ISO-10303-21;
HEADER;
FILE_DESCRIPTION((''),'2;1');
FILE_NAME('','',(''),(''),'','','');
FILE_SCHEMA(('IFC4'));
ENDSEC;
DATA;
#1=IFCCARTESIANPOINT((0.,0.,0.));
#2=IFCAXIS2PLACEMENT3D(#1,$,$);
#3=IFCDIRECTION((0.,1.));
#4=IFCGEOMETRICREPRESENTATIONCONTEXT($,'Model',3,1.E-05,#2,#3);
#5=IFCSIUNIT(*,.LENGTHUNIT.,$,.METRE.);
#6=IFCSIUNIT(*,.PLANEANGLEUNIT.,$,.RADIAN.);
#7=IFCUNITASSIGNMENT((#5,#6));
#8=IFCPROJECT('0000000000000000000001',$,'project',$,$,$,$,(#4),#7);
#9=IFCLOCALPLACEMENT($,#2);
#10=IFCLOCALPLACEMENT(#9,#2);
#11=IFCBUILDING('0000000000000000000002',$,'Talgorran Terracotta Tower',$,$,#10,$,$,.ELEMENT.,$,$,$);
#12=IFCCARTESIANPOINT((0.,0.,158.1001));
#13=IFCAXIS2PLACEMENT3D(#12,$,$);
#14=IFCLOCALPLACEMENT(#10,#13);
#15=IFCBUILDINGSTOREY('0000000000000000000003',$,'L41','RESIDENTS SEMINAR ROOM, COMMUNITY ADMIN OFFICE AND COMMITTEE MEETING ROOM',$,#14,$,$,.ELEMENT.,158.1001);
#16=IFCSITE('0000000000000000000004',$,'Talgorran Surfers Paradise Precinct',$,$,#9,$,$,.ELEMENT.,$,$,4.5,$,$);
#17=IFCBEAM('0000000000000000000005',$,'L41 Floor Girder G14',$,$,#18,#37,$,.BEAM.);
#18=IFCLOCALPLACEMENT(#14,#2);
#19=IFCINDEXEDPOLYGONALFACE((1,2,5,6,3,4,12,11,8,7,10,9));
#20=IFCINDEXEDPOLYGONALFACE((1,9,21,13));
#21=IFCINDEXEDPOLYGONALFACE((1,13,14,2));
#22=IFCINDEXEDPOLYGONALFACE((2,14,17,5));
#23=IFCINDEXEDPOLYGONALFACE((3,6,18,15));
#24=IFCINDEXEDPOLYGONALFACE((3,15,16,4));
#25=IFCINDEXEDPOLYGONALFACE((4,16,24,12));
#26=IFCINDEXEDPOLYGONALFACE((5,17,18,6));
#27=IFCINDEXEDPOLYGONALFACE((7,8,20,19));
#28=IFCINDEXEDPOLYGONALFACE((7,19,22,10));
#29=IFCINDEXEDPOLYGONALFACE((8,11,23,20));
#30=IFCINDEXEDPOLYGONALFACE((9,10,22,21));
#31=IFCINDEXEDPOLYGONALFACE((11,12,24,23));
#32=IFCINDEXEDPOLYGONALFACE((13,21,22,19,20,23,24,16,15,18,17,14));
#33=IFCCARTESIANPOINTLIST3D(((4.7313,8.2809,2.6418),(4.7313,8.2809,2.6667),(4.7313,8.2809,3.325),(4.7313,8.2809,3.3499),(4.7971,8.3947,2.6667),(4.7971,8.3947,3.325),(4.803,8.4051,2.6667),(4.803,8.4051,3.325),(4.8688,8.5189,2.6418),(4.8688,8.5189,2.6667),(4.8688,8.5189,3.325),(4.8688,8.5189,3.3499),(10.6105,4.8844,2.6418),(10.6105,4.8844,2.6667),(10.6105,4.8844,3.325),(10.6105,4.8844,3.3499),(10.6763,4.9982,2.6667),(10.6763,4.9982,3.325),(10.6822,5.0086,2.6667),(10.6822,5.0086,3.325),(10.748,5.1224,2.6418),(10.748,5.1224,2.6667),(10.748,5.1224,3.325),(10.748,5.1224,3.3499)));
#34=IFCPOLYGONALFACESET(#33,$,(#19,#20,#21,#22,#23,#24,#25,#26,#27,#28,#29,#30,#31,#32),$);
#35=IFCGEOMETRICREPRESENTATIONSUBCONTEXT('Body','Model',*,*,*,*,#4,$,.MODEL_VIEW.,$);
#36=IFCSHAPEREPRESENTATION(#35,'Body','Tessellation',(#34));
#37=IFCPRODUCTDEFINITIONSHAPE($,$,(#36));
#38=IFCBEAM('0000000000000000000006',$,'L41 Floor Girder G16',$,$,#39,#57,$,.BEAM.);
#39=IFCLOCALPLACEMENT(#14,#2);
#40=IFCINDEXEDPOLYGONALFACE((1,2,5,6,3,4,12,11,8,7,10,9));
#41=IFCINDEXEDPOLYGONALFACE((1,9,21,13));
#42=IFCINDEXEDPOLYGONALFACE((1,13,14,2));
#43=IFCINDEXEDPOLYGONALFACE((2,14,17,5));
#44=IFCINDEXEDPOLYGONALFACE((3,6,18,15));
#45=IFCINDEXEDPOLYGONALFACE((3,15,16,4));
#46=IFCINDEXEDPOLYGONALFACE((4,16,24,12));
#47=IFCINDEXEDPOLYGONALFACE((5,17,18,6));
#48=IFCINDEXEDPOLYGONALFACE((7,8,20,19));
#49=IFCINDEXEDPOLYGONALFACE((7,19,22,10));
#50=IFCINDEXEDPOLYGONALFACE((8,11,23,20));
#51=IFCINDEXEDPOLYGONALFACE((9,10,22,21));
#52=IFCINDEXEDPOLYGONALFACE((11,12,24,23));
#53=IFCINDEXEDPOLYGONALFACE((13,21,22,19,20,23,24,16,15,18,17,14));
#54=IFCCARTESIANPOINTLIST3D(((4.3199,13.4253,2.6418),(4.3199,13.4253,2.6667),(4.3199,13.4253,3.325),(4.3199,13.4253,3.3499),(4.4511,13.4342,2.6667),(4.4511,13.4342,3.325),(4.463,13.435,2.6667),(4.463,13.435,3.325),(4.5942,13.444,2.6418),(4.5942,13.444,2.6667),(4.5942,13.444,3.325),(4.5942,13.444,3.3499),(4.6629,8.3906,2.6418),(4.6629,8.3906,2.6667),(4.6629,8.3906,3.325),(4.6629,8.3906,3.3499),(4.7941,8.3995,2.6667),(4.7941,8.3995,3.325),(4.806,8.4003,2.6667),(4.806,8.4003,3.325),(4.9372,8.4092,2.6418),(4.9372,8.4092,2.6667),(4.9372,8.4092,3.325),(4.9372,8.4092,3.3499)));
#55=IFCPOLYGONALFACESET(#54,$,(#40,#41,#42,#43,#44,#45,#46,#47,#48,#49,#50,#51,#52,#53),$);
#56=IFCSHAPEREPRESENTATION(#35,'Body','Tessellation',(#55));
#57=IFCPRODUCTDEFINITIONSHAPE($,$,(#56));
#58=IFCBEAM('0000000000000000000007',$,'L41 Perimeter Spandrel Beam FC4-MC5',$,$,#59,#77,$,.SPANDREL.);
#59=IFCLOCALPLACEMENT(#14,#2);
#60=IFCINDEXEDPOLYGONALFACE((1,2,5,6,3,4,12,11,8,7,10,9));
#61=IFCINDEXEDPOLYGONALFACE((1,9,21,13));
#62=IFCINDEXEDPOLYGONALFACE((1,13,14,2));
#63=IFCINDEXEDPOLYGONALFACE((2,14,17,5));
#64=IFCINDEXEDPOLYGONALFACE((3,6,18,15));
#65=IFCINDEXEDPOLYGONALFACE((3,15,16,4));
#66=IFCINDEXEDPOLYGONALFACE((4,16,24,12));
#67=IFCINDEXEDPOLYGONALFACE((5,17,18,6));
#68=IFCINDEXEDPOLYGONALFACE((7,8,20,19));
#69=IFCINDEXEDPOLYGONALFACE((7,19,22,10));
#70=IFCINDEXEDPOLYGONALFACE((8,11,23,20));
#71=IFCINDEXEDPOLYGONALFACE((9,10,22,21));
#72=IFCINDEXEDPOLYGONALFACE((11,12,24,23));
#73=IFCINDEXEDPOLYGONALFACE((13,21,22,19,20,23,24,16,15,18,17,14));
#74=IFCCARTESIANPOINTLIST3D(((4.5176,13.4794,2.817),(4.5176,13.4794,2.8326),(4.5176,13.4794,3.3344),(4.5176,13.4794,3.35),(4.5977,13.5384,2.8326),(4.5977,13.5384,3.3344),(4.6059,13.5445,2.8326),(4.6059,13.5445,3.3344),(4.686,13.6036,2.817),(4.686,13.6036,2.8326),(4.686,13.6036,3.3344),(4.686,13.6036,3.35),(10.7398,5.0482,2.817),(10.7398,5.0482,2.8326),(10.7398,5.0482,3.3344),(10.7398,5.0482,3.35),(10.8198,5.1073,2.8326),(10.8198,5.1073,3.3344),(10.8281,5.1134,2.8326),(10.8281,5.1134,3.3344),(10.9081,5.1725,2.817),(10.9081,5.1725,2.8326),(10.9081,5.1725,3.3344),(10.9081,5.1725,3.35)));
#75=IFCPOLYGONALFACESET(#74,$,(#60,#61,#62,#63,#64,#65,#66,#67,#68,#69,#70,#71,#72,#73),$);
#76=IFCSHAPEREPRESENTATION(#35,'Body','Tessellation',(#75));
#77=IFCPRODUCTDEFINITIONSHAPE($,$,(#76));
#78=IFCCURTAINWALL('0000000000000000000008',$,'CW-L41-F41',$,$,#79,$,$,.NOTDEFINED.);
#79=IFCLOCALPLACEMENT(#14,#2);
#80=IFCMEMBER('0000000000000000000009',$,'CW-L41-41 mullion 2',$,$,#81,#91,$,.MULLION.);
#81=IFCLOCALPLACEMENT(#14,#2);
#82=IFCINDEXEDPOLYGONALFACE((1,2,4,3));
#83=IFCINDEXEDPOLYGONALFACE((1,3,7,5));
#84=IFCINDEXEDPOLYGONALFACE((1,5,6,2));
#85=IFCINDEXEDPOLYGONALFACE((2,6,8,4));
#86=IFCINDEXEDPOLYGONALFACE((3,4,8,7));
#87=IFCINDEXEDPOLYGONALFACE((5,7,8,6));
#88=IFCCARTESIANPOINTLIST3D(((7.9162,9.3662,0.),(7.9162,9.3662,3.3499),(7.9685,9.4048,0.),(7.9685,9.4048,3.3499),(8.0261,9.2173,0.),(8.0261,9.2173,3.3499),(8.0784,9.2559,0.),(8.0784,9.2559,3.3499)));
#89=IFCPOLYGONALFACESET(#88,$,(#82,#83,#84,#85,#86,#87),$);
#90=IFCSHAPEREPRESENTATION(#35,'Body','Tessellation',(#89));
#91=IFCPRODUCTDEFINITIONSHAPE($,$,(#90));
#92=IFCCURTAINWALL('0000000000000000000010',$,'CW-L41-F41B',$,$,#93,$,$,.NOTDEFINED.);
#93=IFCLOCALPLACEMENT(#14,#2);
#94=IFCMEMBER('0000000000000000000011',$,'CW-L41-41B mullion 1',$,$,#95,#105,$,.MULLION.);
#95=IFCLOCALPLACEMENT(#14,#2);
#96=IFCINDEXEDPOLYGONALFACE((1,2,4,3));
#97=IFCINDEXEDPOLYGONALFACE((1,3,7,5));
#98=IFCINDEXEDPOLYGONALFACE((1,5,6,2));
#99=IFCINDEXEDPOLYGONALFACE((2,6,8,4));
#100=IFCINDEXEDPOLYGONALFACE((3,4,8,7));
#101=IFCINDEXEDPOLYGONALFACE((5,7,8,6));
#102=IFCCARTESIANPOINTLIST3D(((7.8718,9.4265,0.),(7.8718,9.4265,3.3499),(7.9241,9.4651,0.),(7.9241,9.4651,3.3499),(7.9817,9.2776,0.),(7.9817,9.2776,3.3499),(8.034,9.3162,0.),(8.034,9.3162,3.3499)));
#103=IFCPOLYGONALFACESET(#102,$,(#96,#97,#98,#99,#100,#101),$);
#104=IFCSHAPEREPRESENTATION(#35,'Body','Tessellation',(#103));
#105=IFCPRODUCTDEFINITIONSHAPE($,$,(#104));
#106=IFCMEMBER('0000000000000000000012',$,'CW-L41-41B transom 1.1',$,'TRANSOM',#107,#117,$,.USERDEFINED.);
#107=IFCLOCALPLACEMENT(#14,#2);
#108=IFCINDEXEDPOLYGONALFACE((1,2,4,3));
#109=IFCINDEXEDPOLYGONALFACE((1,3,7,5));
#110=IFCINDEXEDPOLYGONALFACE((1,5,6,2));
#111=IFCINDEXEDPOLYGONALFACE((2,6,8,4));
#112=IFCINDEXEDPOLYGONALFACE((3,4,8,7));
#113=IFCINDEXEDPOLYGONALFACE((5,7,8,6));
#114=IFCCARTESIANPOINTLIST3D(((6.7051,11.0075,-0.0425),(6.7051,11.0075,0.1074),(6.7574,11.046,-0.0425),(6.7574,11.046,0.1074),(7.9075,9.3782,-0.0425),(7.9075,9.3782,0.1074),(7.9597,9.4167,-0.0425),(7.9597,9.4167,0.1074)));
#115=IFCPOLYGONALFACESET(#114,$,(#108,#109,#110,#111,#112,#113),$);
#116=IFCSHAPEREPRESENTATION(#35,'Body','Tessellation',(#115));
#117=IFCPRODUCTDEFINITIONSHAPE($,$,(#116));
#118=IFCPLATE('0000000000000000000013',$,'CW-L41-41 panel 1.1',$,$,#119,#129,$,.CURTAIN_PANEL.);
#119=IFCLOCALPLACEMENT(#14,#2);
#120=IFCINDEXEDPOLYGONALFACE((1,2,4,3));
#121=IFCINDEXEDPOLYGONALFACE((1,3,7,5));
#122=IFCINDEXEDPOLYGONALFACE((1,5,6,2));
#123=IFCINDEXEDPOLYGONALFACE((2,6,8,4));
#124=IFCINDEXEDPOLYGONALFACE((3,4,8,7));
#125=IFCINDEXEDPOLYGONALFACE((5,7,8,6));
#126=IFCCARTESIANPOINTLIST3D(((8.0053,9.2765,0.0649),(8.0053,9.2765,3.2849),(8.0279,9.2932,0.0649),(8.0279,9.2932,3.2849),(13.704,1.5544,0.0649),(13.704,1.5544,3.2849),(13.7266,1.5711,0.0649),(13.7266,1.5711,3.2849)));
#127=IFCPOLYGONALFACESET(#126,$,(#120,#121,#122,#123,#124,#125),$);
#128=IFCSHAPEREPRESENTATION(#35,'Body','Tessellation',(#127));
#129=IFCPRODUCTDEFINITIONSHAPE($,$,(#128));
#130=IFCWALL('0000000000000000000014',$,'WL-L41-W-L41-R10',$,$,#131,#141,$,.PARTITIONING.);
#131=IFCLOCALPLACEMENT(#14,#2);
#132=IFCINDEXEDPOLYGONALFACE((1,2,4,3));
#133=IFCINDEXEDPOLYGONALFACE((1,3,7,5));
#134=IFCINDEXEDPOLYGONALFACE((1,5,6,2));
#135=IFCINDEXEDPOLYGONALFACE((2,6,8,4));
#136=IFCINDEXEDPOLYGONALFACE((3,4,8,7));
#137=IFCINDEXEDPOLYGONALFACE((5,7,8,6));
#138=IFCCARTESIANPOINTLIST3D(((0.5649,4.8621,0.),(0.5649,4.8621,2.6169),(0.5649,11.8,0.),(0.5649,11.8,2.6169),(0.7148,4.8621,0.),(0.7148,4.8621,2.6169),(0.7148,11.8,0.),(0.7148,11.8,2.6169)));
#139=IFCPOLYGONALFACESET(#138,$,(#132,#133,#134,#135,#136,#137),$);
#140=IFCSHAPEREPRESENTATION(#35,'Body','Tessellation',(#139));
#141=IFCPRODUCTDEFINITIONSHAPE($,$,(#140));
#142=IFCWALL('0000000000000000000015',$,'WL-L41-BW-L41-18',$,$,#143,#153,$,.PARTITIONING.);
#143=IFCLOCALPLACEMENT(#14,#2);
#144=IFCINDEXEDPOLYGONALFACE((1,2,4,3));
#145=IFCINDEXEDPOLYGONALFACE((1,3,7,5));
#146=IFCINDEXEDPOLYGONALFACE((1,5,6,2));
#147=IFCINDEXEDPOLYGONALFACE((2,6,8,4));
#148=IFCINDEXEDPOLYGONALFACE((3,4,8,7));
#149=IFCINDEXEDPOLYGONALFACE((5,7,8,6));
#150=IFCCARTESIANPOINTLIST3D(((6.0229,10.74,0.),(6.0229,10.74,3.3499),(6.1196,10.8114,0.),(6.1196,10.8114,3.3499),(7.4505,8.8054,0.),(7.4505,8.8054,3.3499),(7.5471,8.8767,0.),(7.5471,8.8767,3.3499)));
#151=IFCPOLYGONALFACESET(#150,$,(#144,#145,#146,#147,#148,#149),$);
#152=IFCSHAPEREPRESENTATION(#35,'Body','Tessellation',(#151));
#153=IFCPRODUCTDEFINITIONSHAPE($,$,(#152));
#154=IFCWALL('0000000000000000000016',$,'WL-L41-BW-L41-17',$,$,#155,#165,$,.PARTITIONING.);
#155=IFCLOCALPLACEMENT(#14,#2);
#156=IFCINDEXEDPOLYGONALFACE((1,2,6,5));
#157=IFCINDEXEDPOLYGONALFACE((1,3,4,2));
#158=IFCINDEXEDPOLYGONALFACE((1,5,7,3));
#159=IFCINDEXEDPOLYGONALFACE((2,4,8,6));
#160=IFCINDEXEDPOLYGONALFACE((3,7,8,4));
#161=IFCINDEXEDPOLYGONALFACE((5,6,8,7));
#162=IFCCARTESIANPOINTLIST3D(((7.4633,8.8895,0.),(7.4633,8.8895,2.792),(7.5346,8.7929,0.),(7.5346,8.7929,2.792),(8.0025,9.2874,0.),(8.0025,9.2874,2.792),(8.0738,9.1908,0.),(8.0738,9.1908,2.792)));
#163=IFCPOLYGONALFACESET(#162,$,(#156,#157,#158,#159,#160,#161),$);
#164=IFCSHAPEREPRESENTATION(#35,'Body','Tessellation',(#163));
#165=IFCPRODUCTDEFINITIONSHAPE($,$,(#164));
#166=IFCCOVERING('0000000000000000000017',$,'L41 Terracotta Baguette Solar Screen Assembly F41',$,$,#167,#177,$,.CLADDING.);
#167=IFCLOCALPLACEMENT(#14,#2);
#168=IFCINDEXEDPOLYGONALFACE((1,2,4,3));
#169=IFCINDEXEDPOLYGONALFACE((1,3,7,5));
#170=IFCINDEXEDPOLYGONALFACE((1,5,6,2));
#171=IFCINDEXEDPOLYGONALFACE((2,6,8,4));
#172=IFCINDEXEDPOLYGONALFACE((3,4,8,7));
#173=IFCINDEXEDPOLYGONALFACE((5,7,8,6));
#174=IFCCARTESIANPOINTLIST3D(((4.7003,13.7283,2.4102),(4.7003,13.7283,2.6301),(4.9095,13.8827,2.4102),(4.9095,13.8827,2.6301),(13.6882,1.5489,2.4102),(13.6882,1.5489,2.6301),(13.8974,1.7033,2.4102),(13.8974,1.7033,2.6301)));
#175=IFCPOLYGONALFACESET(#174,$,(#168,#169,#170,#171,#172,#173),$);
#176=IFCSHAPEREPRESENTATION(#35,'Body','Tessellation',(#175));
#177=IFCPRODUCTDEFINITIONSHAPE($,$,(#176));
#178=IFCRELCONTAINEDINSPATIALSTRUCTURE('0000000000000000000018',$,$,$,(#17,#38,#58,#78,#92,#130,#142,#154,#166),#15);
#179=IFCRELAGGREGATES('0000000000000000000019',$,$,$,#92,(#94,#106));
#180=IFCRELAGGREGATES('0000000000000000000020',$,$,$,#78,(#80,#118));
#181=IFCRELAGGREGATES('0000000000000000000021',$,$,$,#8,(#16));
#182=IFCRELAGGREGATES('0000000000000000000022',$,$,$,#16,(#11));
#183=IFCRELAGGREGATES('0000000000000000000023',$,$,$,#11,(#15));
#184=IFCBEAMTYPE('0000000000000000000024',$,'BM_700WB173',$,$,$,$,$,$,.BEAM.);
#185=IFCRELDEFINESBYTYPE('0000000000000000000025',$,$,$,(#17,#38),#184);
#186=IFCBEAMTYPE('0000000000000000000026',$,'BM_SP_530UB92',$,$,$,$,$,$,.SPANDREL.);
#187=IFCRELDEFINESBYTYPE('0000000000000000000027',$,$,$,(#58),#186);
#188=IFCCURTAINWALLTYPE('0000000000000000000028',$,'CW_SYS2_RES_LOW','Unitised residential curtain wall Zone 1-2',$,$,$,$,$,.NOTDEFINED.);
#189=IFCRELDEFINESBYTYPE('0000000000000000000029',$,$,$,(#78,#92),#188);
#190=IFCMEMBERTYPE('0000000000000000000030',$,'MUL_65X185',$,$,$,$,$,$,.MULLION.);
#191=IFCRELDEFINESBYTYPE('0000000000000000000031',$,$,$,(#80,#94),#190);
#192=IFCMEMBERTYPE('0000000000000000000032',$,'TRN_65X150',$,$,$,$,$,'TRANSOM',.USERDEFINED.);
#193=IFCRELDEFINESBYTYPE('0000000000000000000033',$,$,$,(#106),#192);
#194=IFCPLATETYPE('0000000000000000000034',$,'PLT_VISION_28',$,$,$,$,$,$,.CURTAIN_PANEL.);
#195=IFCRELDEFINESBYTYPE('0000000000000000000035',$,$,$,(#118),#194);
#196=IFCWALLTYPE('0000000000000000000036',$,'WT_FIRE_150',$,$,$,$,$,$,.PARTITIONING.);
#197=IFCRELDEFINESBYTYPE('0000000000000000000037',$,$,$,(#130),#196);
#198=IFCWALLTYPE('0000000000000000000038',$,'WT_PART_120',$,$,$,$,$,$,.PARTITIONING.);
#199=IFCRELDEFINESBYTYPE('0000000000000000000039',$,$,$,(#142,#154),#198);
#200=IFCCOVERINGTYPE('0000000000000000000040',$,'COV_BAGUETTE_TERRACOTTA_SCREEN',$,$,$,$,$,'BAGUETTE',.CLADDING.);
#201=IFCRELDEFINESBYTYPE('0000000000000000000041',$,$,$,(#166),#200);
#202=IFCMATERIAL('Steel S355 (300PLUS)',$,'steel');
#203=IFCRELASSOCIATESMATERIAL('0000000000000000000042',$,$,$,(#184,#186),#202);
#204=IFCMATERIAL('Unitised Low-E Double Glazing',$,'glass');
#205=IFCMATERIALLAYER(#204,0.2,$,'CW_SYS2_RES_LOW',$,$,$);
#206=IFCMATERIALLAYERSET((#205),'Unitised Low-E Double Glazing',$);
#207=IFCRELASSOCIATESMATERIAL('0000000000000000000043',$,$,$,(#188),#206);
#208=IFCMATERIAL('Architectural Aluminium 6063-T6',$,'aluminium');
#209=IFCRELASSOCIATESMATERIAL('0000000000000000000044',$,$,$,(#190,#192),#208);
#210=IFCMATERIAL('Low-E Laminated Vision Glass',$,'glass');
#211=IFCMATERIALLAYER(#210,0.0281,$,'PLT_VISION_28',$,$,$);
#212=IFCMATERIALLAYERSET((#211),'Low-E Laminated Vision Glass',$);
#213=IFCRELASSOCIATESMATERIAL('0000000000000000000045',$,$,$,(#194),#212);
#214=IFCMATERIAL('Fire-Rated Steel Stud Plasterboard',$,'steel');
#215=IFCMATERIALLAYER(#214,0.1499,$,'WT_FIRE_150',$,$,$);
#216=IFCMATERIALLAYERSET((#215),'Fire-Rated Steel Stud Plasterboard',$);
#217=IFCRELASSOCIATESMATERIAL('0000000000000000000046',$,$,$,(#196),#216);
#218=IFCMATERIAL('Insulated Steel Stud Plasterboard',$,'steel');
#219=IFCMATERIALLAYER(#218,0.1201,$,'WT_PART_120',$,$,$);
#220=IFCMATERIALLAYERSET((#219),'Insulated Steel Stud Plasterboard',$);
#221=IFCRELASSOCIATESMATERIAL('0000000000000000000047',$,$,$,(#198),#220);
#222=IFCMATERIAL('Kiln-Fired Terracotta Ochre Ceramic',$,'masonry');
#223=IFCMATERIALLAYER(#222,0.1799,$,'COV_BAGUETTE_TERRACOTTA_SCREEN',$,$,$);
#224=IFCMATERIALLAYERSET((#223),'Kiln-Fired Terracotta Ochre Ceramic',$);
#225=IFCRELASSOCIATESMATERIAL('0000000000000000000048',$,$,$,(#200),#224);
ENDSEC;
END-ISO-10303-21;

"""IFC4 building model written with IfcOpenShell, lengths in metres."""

from ifc_helpers import new_model, si_unit, direction, frame, frame_2d, origin, origin_2d, place, context, subcontext, project, spatial, rectangle, i_section, extrude, source, transform, mapped, material, layer, layer_set, material_profile, profile_set, type_object, type_shapes, element, aggregate, save


model = new_model("IFC4")

# Units and contexts
model_context = context("Model", 3, precision=1e-05, world=origin(), true_north=direction((0.0, 1.0)))
body_context = subcontext(model_context, "Body", "Model", "MODEL_VIEW")
ifc_project = project(units=[si_unit("LENGTHUNIT", "METRE"), si_unit("PLANEANGLEUNIT", "RADIAN")], contexts=[model_context])

# Site, building, storey
site_placement = place(None, origin())
site = spatial("IfcSite", under=ifc_project, at=site_placement, Name="Talgorran Surfers Paradise Precinct", CompositionType="ELEMENT", RefElevation=4.5)
building_placement = place(site_placement, origin())
building = spatial("IfcBuilding", under=site, at=building_placement, Name="Talgorran Terracotta Tower", CompositionType="ELEMENT")
storey_placement = place(building_placement, frame((0.0, 0.0, 158.1001)))
storey = spatial("IfcBuildingStorey", under=building, at=storey_placement, Name="L41", Description="RESIDENTS SEMINAR ROOM, COMMUNITY ADMIN OFFICE AND COMMITTEE MEETING ROOM", CompositionType="ELEMENT", Elevation=158.1001)

# Shared definitions
ifc_material_1 = material(Name="Steel S355 (300PLUS)", Category="steel")

# Beams
ifc_material_profile_1 = material_profile(ifc_material_1, i_section(OverallWidth=0.2749, OverallDepth=0.708, WebThickness=0.012, FlangeThickness=0.0249, at=origin_2d()), Name="700WB173")
ifc_profile_set_1 = profile_set([ifc_material_profile_1], Name="Steel S355 (300PLUS)")
beam_type_1 = type_object("IfcBeamType", Name="BM_700WB173", PredefinedType="BEAM", material=ifc_profile_set_1)
beam_1_placement = place(storey_placement, frame((4.8, 8.3999, 2.9958), z_axis=(0.865888, -0.500238, 0.0), x_axis=(0.500238, 0.865888, 0.0)))
element("IfcBeam", 1, at=beam_1_placement, inside=storey, type_object=beam_type_1, Name="L41 Floor Girder G14", PredefinedType="BEAM", context=body_context, shape_type="SweptSolid", body=[
    extrude(i_section(OverallWidth=0.2749, OverallDepth=0.708, WebThickness=0.012, FlangeThickness=0.0249, at=origin_2d()), origin(), (0.0, 0.0, 1.0), 6.7898),
])
beam_2_placement = place(storey_placement, frame((4.8, 8.3999, 2.9958), z_axis=(-0.067974, 0.997687, 0.0), x_axis=(-0.997687, -0.067974, 0.0)))
element("IfcBeam", 2, at=beam_2_placement, inside=storey, type_object=beam_type_1, Name="L41 Floor Girder G16", PredefinedType="BEAM", context=body_context, shape_type="SweptSolid", body=[
    extrude(i_section(OverallWidth=0.2749, OverallDepth=0.708, WebThickness=0.012, FlangeThickness=0.0249, at=origin_2d()), origin(), (0.0, 0.0, 1.0), 5.0464),
])
ifc_material_profile_2 = material_profile(ifc_material_1, i_section(OverallWidth=0.2092, OverallDepth=0.533, WebThickness=0.0103, FlangeThickness=0.0156, at=origin_2d()), Name="530UB92.4")
ifc_profile_set_2 = profile_set([ifc_material_profile_2], Name="Steel S355 (300PLUS)")
beam_type_2 = type_object("IfcBeamType", Name="BM_SP_530UB92", PredefinedType="SPANDREL", material=ifc_profile_set_2)
beam_3_placement = place(storey_placement, frame((10.824, 5.1104, 3.0835), z_axis=(-0.593801, 0.804612, 0.0), x_axis=(-0.804612, -0.593801, 0.0)))
element("IfcBeam", 3, at=beam_3_placement, inside=storey, type_object=beam_type_2, Name="L41 Perimeter Spandrel Beam FC4-MC5", PredefinedType="SPANDREL", context=body_context, shape_type="SweptSolid", body=[
    extrude(i_section(OverallWidth=0.2092, OverallDepth=0.533, WebThickness=0.0103, FlangeThickness=0.0156, at=origin_2d()), origin(), (0.0, 0.0, 1.0), 10.4785),
])

# Curtain wall, member
ifc_material_2 = material(Name="Unitised Low-E Double Glazing", Category="glass")
ifc_layer_1 = layer(ifc_material_2, 0.2, Name="CW_SYS2_RES_LOW")
ifc_layer_set_1 = layer_set([ifc_layer_1], Name="Unitised Low-E Double Glazing")
curtain_wall_type = type_object("IfcCurtainWallType", Name="CW_SYS2_RES_LOW", Description="Unitised residential curtain wall Zone 1-2", PredefinedType="NOTDEFINED", material=ifc_layer_set_1)
curtain_wall_1_placement = place(storey_placement, origin())
curtain_wall_1 = element("IfcCurtainWall", 4, at=curtain_wall_1_placement, inside=storey, type_object=curtain_wall_type, Name="CW-L41-F41", PredefinedType="NOTDEFINED")
ifc_material_3 = material(Name="Architectural Aluminium 6063-T6", Category="aluminium")
ifc_material_profile_3 = material_profile(ifc_material_3, rectangle(XDim=0.0649, YDim=0.1851, at=origin_2d()), Name="CWM65X185")
ifc_profile_set_3 = profile_set([ifc_material_profile_3], Name="Architectural Aluminium 6063-T6")
member_type_1 = type_object("IfcMemberType", Name="MUL_65X185", PredefinedType="MULLION", material=ifc_profile_set_3)
member_1_placement = place(storey_placement, frame((7.9973, 9.311, 0.0), z_axis=(0.0, 0.0, 1.0), x_axis=(-0.804622, -0.593787, 0.0)))
member_1 = element("IfcMember", 5, at=member_1_placement, type_object=member_type_1, Name="CW-L41-41 mullion 2", PredefinedType="MULLION", context=body_context, shape_type="SweptSolid", body=[
    extrude(rectangle(XDim=0.0649, YDim=0.1851, at=origin_2d()), origin(), (0.0, 0.0, 1.0), 3.3499),
])

# Curtain wall, members
curtain_wall_2_placement = place(storey_placement, origin())
curtain_wall_2 = element("IfcCurtainWall", 6, at=curtain_wall_2_placement, inside=storey, type_object=curtain_wall_type, Name="CW-L41-F41B", PredefinedType="NOTDEFINED")
member_2_placement = place(storey_placement, frame((7.9529, 9.3713, 0.0), z_axis=(0.0, 0.0, 1.0), x_axis=(-0.804615, -0.593797, 0.0)))
member_2 = element("IfcMember", 7, at=member_2_placement, type_object=member_type_1, Name="CW-L41-41B mullion 1", PredefinedType="MULLION", context=body_context, shape_type="SweptSolid", body=[
    extrude(rectangle(XDim=0.0649, YDim=0.1851, at=origin_2d()), origin(), (0.0, 0.0, 1.0), 3.3499),
])
ifc_material_profile_4 = material_profile(ifc_material_3, rectangle(XDim=0.0649, YDim=0.1499, at=origin_2d()), Name="CWT65X150")
ifc_profile_set_4 = profile_set([ifc_material_profile_4], Name="Architectural Aluminium 6063-T6")
member_type_2 = type_object("IfcMemberType", Name="TRN_65X150", ElementType="TRANSOM", PredefinedType="USERDEFINED", material=ifc_profile_set_4)
member_3_placement = place(storey_placement, frame((7.9336, 9.3975, 0.0325), z_axis=(-0.593771, 0.804634, 0.0), x_axis=(-0.804634, -0.593771, 0.0)))
member_3 = element("IfcMember", 8, at=member_3_placement, type_object=member_type_2, Name="CW-L41-41B transom 1.1", ObjectType="TRANSOM", PredefinedType="USERDEFINED", context=body_context, shape_type="SweptSolid", body=[
    extrude(rectangle(XDim=0.0649, YDim=0.1499, at=origin_2d()), origin(), (0.0, 0.0, 1.0), 2.0249),
])
aggregate(curtain_wall_2, [member_2, member_3])

# Plate
ifc_material_4 = material(Name="Low-E Laminated Vision Glass", Category="glass")
ifc_layer_2 = layer(ifc_material_4, 0.0281, Name="PLT_VISION_28")
ifc_layer_set_2 = layer_set([ifc_layer_2], Name="Low-E Laminated Vision Glass")
plate_type = type_object("IfcPlateType", Name="PLT_VISION_28", PredefinedType="CURTAIN_PANEL", material=ifc_layer_set_2)
shared_shape = source(origin(), body_context, "Body", "SweptSolid", [
    extrude(rectangle(XDim=9.5972, YDim=0.0281, at=origin_2d()), origin(), (0.0, 0.0, 1.0), 3.22),
])
type_shapes(plate_type, [shared_shape])
plate_placement = place(storey_placement, frame((10.866, 5.4238, 0.0649), z_axis=(0.0, 0.0, 1.0), x_axis=(-0.593787, 0.804622, 0.0)))
plate = element("IfcPlate", 9, at=plate_placement, type_object=plate_type, Name="CW-L41-41 panel 1.1", PredefinedType="CURTAIN_PANEL", context=body_context, shape_type="MappedRepresentation", body=[
    mapped(shared_shape, transform((0.0, 0.0, 0.0), scale=1.0)),
])
aggregate(curtain_wall_1, [member_1, plate])

# Walls
ifc_material_5 = material(Name="Fire-Rated Steel Stud Plasterboard", Category="steel")
ifc_layer_3 = layer(ifc_material_5, 0.1499, Name="WT_FIRE_150")
ifc_layer_set_3 = layer_set([ifc_layer_3], Name="Fire-Rated Steel Stud Plasterboard")
wall_type_1 = type_object("IfcWallType", Name="WT_FIRE_150", PredefinedType="PARTITIONING", material=ifc_layer_set_3)
wall_1_placement = place(storey_placement, frame((0.6399, 4.8621, 0.0), z_axis=(0.0, 0.0, 1.0), x_axis=(0.0, 1.0, 0.0)))
element("IfcWall", 10, at=wall_1_placement, inside=storey, type_object=wall_type_1, Name="WL-L41-W-L41-R10", PredefinedType="PARTITIONING", context=body_context, shape_type="SweptSolid", body=[
    extrude(rectangle(XDim=6.938, YDim=0.1499, at=frame_2d((3.469, 0.0))), origin(), (0.0, 0.0, 1.0), 2.6169),
])
ifc_material_6 = material(Name="Insulated Steel Stud Plasterboard", Category="steel")
ifc_layer_4 = layer(ifc_material_6, 0.1201, Name="WT_PART_120")
ifc_layer_set_4 = layer_set([ifc_layer_4], Name="Insulated Steel Stud Plasterboard")
wall_type_2 = type_object("IfcWallType", Name="WT_PART_120", PredefinedType="PARTITIONING", material=ifc_layer_set_4)
wall_2_placement = place(storey_placement, frame((7.4988, 8.8411, 0.0), z_axis=(0.0, 0.0, 1.0), x_axis=(-0.593743, 0.804655, 0.0)))
element("IfcWall", 11, at=wall_2_placement, inside=storey, type_object=wall_type_2, Name="WL-L41-BW-L41-18", PredefinedType="PARTITIONING", context=body_context, shape_type="SweptSolid", body=[
    extrude(rectangle(XDim=2.4043, YDim=0.1201, at=frame_2d((1.2021, 0.0))), origin(), (0.0, 0.0, 1.0), 3.3499),
])
wall_3_placement = place(storey_placement, frame((8.0381, 9.239, 0.0), z_axis=(0.0, 0.0, 1.0), x_axis=(-0.804653, -0.593746, 0.0)))
element("IfcWall", 12, at=wall_3_placement, inside=storey, type_object=wall_type_2, Name="WL-L41-BW-L41-17", PredefinedType="PARTITIONING", context=body_context, shape_type="SweptSolid", body=[
    extrude(rectangle(XDim=0.6702, YDim=0.1201, at=frame_2d((0.335, 0.0))), origin(), (0.0, 0.0, 1.0), 2.792),
])

# Covering
ifc_material_7 = material(Name="Kiln-Fired Terracotta Ochre Ceramic", Category="masonry")
ifc_layer_5 = layer(ifc_material_7, 0.1799, Name="COV_BAGUETTE_TERRACOTTA_SCREEN")
ifc_layer_set_5 = layer_set([ifc_layer_5], Name="Kiln-Fired Terracotta Ochre Ceramic")
covering_type_1 = type_object("IfcCoveringType", Name="COV_BAGUETTE_TERRACOTTA_SCREEN", ElementType="BAGUETTE", PredefinedType="CLADDING", material=ifc_layer_set_5)
covering_1_placement = place(storey_placement, frame((9.2988, 7.7158, 2.4102), z_axis=(0.0, 0.0, 1.0), x_axis=(-0.593784, 0.804624, 0.0)))
element("IfcCovering", 13, at=covering_1_placement, inside=storey, type_object=covering_type_1, Name="L41 Terracotta Baguette Solar Screen Assembly F41", PredefinedType="CLADDING", context=body_context, shape_type="SweptSolid", body=[
    extrude(rectangle(XDim=15.1367, YDim=0.26, at=origin_2d()), origin(), (0.0, 0.0, 1.0), 0.22),
])

save(model, "model.ifc")
